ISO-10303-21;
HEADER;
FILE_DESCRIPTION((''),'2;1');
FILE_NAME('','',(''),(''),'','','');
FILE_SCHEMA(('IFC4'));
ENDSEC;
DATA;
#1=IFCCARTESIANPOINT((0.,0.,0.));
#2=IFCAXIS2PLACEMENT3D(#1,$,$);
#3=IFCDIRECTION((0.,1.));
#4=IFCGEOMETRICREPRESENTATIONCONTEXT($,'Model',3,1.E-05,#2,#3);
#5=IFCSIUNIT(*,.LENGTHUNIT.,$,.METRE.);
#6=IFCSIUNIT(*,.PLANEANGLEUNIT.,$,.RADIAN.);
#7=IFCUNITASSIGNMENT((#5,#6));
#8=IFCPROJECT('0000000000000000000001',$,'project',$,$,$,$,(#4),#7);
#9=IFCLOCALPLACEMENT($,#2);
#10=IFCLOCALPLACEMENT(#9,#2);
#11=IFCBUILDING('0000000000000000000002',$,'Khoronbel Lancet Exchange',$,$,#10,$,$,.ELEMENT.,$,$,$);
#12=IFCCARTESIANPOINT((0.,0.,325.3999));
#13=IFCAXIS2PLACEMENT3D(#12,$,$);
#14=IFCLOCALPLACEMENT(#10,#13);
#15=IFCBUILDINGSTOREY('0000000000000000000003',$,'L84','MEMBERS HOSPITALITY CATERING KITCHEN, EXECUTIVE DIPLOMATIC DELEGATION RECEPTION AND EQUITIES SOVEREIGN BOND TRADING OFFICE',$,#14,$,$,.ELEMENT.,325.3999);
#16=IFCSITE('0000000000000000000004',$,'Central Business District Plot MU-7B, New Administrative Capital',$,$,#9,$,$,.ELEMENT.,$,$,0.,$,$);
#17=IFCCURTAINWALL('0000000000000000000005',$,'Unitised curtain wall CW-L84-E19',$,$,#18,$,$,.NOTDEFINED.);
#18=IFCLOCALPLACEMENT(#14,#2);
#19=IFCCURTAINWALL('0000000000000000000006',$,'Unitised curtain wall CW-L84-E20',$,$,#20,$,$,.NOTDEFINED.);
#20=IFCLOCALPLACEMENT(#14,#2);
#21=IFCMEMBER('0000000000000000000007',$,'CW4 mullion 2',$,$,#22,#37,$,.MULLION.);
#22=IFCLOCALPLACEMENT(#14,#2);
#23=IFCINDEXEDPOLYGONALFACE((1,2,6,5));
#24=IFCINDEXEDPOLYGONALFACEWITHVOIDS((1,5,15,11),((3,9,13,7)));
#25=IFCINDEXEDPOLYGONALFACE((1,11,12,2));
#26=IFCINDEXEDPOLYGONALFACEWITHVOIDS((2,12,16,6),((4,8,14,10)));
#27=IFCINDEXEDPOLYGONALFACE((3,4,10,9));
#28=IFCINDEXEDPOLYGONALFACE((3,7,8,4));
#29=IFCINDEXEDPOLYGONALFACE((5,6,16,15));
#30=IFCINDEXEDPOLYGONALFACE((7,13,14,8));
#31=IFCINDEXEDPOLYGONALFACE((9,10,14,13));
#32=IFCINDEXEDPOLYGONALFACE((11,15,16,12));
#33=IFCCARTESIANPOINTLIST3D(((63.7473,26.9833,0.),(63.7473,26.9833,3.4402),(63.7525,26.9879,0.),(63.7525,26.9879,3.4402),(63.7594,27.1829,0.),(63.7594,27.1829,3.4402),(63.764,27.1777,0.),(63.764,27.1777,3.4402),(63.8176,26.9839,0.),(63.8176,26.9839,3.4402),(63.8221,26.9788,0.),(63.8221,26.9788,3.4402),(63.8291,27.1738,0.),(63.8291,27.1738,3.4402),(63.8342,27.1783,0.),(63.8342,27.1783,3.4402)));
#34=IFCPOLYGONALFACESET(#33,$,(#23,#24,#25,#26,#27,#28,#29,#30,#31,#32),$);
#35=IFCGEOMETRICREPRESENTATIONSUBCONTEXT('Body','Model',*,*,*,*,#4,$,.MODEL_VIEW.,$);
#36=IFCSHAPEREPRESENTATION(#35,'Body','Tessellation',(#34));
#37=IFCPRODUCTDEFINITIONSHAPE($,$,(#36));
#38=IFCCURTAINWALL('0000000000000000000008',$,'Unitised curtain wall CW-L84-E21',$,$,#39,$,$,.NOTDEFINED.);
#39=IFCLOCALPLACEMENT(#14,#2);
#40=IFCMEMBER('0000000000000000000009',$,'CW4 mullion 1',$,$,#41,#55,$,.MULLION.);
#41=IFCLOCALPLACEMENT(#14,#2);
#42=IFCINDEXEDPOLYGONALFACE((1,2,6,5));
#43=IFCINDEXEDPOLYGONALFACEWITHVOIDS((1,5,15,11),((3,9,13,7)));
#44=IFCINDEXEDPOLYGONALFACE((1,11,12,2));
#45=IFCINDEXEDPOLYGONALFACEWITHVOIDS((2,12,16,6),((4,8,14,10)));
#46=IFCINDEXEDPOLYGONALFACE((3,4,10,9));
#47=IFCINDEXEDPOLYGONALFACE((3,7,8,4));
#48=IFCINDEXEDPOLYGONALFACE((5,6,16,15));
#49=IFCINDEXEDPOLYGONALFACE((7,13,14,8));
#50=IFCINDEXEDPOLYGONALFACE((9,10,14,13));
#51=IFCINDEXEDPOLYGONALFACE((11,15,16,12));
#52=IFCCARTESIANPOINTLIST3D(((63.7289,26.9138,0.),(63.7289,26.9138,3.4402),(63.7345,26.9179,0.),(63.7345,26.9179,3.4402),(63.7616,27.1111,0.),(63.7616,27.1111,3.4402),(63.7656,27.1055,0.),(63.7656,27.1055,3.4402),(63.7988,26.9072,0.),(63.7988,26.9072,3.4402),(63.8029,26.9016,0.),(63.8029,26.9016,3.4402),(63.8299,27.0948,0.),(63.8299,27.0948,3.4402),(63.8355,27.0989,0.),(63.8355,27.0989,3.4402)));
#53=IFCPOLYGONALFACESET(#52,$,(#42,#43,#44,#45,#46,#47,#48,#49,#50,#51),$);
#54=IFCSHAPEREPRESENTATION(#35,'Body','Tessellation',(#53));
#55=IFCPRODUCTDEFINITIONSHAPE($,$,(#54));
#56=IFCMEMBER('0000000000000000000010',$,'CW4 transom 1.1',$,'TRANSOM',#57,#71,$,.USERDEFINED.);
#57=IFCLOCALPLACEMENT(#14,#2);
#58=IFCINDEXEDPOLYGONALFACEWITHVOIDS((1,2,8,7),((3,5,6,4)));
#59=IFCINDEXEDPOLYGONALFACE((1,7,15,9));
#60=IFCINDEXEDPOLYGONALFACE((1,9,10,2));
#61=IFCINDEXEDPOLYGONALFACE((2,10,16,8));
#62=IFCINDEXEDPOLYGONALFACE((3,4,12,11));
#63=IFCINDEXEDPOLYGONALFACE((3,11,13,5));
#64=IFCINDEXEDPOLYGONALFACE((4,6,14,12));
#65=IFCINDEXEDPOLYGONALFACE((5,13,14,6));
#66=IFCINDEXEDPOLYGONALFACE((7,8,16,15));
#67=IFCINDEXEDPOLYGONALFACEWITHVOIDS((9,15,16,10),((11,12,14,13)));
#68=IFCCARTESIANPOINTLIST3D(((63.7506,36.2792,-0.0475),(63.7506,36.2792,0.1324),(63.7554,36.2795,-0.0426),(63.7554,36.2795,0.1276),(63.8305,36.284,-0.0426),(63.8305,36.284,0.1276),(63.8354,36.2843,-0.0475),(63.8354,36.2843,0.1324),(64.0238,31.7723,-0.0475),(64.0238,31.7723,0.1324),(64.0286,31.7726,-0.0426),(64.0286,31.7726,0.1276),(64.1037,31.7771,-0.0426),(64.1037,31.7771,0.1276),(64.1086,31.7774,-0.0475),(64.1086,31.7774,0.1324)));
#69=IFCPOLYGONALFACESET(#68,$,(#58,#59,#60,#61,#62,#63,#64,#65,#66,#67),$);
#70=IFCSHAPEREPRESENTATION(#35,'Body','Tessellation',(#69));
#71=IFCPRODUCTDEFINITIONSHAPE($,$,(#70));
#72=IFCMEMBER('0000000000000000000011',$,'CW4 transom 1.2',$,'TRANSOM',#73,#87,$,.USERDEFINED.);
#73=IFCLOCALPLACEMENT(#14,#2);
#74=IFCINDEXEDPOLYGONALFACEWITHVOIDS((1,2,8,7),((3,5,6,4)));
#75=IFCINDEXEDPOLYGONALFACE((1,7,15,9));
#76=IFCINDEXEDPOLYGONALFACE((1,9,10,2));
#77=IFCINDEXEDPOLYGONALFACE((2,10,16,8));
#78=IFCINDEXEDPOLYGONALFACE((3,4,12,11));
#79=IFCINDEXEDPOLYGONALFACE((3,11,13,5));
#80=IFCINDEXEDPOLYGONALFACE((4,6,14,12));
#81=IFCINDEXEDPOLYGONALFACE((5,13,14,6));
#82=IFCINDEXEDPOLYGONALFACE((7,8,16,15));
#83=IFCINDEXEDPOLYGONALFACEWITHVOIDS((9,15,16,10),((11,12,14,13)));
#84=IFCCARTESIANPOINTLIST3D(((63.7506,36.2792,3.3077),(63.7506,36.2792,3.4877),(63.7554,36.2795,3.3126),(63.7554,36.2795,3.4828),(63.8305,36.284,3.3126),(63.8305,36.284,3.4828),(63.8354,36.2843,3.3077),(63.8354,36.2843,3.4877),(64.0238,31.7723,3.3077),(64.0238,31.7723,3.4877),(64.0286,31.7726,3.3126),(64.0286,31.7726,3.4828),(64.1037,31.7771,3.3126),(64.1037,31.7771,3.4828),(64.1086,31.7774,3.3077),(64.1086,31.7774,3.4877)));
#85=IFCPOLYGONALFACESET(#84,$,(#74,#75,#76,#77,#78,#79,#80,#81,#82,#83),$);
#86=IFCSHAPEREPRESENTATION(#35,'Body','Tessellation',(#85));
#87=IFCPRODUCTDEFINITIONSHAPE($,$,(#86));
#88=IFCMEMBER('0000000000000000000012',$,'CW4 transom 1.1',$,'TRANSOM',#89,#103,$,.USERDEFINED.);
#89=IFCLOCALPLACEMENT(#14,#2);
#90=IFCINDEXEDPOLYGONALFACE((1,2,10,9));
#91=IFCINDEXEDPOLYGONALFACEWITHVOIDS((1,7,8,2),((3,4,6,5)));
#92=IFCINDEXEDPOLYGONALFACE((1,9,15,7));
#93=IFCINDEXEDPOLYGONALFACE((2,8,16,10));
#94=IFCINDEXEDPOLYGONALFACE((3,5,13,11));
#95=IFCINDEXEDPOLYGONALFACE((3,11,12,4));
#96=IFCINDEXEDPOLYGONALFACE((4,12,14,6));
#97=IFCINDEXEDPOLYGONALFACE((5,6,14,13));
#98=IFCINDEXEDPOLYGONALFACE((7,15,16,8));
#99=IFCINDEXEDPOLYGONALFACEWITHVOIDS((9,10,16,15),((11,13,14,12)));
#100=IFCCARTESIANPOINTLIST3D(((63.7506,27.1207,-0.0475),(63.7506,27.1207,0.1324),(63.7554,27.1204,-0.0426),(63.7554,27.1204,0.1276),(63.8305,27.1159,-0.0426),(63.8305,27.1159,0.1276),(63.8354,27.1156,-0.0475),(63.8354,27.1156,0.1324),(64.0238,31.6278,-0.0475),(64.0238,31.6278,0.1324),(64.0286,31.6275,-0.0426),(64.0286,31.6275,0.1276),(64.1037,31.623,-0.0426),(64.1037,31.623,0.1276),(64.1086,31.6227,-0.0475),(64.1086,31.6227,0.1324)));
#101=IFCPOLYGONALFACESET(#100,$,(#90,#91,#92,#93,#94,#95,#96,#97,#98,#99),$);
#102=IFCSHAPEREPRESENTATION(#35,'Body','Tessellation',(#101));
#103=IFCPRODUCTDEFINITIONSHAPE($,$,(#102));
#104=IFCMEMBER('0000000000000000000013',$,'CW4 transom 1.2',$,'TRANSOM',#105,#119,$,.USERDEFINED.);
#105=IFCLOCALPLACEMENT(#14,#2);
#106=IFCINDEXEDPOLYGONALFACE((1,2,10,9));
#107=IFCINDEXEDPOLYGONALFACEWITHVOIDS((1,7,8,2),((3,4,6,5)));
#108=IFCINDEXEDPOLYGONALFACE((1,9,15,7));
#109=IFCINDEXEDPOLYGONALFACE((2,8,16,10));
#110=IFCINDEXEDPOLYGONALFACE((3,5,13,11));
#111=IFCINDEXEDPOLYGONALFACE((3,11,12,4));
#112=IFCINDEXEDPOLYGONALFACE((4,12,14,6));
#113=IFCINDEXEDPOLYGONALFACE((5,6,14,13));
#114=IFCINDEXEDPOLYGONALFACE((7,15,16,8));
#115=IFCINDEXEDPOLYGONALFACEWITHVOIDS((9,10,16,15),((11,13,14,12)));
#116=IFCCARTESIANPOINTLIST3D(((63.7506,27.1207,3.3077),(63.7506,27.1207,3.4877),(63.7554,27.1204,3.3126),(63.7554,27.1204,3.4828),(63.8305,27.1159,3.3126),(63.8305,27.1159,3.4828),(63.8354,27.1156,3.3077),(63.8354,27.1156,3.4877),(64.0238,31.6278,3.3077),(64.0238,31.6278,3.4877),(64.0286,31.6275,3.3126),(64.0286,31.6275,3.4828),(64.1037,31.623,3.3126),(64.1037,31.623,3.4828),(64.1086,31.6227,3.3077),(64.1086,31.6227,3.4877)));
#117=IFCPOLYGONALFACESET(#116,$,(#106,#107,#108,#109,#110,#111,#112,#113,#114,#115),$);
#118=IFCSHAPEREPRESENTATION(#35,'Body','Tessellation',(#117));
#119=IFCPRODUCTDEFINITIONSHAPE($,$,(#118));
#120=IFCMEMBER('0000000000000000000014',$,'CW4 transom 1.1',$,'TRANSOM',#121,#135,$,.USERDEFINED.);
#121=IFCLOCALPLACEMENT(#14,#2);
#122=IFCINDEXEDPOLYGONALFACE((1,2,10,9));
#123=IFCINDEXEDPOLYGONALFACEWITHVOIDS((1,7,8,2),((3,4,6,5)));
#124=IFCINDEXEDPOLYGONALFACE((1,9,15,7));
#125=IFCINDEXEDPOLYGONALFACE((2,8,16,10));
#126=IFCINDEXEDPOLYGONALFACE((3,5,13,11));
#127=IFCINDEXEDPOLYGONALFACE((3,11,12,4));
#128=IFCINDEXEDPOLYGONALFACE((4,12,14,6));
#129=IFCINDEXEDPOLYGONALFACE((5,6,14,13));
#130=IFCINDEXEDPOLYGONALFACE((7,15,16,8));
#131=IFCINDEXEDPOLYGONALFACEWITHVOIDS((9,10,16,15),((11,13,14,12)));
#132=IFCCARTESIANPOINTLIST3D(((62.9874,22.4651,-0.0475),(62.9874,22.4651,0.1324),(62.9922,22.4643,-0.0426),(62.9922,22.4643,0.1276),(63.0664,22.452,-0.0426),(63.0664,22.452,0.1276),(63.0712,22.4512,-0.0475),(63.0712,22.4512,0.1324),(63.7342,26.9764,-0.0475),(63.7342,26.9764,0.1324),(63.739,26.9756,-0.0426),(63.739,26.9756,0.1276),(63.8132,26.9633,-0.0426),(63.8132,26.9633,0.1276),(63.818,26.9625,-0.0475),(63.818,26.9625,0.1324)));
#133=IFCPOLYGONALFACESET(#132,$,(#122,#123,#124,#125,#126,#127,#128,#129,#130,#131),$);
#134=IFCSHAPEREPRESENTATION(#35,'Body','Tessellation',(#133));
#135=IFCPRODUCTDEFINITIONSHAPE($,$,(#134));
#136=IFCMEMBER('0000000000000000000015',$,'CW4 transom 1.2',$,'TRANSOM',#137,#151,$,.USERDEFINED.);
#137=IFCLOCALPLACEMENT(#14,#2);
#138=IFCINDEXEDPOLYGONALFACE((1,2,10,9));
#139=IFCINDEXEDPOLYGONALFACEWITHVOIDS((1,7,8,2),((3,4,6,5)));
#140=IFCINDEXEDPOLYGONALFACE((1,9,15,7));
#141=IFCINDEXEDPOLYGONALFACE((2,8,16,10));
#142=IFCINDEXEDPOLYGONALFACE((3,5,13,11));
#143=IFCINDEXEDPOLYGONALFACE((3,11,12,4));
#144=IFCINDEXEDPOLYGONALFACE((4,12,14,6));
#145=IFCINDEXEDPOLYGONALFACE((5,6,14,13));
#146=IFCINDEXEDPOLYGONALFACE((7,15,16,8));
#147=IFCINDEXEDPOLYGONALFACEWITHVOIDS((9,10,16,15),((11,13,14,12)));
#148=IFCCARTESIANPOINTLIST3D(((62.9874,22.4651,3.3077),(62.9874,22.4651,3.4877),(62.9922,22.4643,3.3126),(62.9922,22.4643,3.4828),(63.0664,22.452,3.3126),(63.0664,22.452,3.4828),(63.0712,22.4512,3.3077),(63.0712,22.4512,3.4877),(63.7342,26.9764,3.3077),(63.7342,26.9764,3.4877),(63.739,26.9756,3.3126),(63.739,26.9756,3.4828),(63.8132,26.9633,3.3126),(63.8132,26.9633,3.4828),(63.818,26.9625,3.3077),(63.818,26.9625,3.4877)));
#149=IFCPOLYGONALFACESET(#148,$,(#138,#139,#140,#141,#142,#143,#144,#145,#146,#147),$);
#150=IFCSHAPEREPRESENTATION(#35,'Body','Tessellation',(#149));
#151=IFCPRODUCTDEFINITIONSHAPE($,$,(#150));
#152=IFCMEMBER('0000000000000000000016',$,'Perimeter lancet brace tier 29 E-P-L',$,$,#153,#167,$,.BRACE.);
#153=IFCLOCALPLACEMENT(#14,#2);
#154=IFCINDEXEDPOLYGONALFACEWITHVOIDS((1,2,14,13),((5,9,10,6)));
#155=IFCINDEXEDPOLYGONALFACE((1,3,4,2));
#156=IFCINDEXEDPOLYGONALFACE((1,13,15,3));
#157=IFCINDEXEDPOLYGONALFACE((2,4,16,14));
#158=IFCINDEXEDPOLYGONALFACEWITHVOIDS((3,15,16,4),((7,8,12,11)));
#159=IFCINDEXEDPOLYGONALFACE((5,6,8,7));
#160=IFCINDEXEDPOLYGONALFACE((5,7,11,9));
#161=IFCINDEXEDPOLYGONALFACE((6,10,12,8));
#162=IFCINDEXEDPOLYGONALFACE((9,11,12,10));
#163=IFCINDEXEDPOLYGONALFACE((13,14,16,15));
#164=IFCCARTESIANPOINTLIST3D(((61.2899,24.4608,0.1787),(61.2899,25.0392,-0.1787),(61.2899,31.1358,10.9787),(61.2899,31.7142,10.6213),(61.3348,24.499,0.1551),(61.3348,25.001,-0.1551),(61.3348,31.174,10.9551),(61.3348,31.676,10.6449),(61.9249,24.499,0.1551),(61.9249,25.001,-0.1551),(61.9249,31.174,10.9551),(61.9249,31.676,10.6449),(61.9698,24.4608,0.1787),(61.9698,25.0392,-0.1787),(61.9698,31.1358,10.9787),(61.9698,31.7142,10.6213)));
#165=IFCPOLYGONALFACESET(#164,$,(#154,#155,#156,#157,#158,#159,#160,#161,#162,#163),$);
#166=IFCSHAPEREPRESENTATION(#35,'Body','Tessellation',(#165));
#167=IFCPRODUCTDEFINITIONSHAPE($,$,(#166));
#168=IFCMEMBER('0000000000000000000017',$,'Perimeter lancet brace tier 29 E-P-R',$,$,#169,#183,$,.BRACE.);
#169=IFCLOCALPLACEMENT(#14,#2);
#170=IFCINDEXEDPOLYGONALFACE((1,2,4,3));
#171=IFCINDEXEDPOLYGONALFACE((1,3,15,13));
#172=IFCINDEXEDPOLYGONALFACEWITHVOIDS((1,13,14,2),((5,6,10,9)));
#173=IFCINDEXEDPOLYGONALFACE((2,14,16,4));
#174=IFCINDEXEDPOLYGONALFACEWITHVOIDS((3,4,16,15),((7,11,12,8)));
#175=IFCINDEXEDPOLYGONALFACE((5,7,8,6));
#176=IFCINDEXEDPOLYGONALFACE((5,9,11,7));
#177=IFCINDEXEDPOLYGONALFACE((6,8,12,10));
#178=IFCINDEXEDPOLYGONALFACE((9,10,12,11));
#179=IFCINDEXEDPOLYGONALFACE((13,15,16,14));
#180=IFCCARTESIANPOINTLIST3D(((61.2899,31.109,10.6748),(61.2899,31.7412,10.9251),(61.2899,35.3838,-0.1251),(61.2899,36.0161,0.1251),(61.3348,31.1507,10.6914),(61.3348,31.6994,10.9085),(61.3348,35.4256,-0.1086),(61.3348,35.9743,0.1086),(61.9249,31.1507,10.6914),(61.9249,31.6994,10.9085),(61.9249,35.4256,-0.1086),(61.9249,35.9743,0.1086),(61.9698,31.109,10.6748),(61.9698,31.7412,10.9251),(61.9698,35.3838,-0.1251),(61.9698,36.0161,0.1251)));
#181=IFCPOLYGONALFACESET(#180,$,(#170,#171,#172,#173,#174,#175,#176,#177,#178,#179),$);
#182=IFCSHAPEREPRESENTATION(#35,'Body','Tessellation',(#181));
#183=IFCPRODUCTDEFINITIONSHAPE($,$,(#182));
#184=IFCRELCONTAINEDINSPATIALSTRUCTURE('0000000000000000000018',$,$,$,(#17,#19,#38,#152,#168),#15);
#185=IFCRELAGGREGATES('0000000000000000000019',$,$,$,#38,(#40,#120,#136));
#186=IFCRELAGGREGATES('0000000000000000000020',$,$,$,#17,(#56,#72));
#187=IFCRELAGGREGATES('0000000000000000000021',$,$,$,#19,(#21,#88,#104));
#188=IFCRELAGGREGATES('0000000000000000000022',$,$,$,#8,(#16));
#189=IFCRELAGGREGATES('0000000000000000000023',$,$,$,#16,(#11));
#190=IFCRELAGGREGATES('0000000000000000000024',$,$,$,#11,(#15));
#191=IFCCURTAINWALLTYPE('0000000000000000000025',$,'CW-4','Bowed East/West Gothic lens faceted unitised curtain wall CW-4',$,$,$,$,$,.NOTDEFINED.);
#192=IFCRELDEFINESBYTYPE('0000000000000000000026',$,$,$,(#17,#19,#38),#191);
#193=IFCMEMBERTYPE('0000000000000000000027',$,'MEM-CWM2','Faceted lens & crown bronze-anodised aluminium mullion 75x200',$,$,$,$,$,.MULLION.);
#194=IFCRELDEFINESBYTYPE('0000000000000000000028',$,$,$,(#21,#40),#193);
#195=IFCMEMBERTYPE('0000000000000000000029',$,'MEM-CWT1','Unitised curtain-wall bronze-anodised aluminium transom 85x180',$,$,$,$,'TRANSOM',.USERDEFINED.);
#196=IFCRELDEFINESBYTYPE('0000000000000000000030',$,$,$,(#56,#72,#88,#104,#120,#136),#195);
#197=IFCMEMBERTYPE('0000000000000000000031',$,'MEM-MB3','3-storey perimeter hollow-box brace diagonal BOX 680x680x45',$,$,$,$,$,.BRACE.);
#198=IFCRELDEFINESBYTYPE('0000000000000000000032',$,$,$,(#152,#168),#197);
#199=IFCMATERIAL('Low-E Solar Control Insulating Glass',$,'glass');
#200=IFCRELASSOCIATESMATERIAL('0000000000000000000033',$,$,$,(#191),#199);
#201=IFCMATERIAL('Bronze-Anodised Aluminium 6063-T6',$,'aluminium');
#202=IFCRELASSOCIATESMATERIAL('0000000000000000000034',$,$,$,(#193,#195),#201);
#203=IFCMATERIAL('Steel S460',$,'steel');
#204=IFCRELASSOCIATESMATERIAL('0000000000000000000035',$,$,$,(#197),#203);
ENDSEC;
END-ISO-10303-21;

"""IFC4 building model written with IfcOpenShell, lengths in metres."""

from ifc_helpers import new_model, si_unit, direction, frame, origin, origin_2d, place, context, subcontext, project, spatial, hollow_rectangle, extrude, material, material_profile, profile_set, type_object, element, aggregate, save


model = new_model("IFC4")

# Units and contexts
model_context = context("Model", 3, precision=1e-05, world=origin(), true_north=direction((0.0, 1.0)))
body_context = subcontext(model_context, "Body", "Model", "MODEL_VIEW")
ifc_project = project(units=[si_unit("LENGTHUNIT", "METRE"), si_unit("PLANEANGLEUNIT", "RADIAN")], contexts=[model_context])

# Site, building, storey
site_placement = place(None, origin())
site = spatial("IfcSite", under=ifc_project, at=site_placement, Name="Central Business District Plot MU-7B, New Administrative Capital", CompositionType="ELEMENT", RefElevation=0.0)
building_placement = place(site_placement, origin())
building = spatial("IfcBuilding", under=site, at=building_placement, Name="Khoronbel Lancet Exchange", CompositionType="ELEMENT")
storey_placement = place(building_placement, frame((0.0, 0.0, 325.3999)))
storey = spatial("IfcBuildingStorey", under=building, at=storey_placement, Name="L84", Description="MEMBERS HOSPITALITY CATERING KITCHEN, EXECUTIVE DIPLOMATIC DELEGATION RECEPTION AND EQUITIES SOVEREIGN BOND TRADING OFFICE", CompositionType="ELEMENT", Elevation=325.3999)

# Curtain walls, member
ifc_material_1 = material(Name="Low-E Solar Control Insulating Glass", Category="glass")
curtain_wall_type = type_object("IfcCurtainWallType", Name="CW-4", Description="Bowed East/West Gothic lens faceted unitised curtain wall CW-4", PredefinedType="NOTDEFINED", material=ifc_material_1)
curtain_wall_1_placement = place(storey_placement, origin())
curtain_wall_1 = element("IfcCurtainWall", 1, at=curtain_wall_1_placement, inside=storey, type_object=curtain_wall_type, Name="Unitised curtain wall CW-L84-E19", PredefinedType="NOTDEFINED")
ifc_material_2 = material(Name="Bronze-Anodised Aluminium 6063-T6", Category="aluminium")
ifc_material_profile_1 = material_profile(ifc_material_2, hollow_rectangle(XDim=0.075, YDim=0.2, WallThickness=0.0049, at=origin_2d()), Name="ALU MULLION 75x200")
ifc_profile_set_1 = profile_set([ifc_material_profile_1], Name="Bronze-Anodised Aluminium 6063-T6")
member_type_1 = type_object("IfcMemberType", Name="MEM-CWM2", Description="Faceted lens & crown bronze-anodised aluminium mullion 75x200", PredefinedType="MULLION", material=ifc_profile_set_1)
curtain_wall_2_placement = place(storey_placement, origin())
curtain_wall_2 = element("IfcCurtainWall", 2, at=curtain_wall_2_placement, inside=storey, type_object=curtain_wall_type, Name="Unitised curtain wall CW-L84-E20", PredefinedType="NOTDEFINED")
member_1_placement = place(storey_placement, frame((63.7908, 27.0808, 0.0), z_axis=(0.0, 0.0, 1.0), x_axis=(0.998169, -0.060491, 0.0)))
member_1 = element("IfcMember", 3, at=member_1_placement, type_object=member_type_1, Name="CW4 mullion 2", PredefinedType="MULLION", context=body_context, shape_type="SweptSolid", body=[
    extrude(hollow_rectangle(XDim=0.075, YDim=0.2, WallThickness=0.0049, at=origin_2d()), origin(), (0.0, 0.0, 1.0), 3.4402),
])

# Curtain wall, member
curtain_wall_3_placement = place(storey_placement, origin())
curtain_wall_3 = element("IfcCurtainWall", 4, at=curtain_wall_3_placement, inside=storey, type_object=curtain_wall_type, Name="Unitised curtain wall CW-L84-E21", PredefinedType="NOTDEFINED")
member_2_placement = place(storey_placement, frame((63.7822, 27.0063, 0.0), z_axis=(0.0, 0.0, 1.0), x_axis=(0.986571, -0.163334, 0.0)))
member_2 = element("IfcMember", 5, at=member_2_placement, type_object=member_type_1, Name="CW4 mullion 1", PredefinedType="MULLION", context=body_context, shape_type="SweptSolid", body=[
    extrude(hollow_rectangle(XDim=0.075, YDim=0.2, WallThickness=0.0049, at=origin_2d()), origin(), (0.0, 0.0, 1.0), 3.4402),
])

# Members
ifc_material_profile_2 = material_profile(ifc_material_2, hollow_rectangle(XDim=0.085, YDim=0.1799, WallThickness=0.0049, at=origin_2d()), Name="ALU TRANSOM 85x180")
ifc_profile_set_2 = profile_set([ifc_material_profile_2], Name="Bronze-Anodised Aluminium 6063-T6")
member_type_2 = type_object("IfcMemberType", Name="MEM-CWT1", Description="Unitised curtain-wall bronze-anodised aluminium transom 85x180", ElementType="TRANSOM", PredefinedType="USERDEFINED", material=ifc_profile_set_2)
member_3_placement = place(storey_placement, frame((63.793, 36.2817, 0.0425), z_axis=(0.060506, -0.998168, 0.0), x_axis=(0.998168, 0.060506, 0.0)))
member_3 = element("IfcMember", 6, at=member_3_placement, type_object=member_type_2, Name="CW4 transom 1.1", ObjectType="TRANSOM", PredefinedType="USERDEFINED", context=body_context, shape_type="SweptSolid", body=[
    extrude(hollow_rectangle(XDim=0.085, YDim=0.1799, WallThickness=0.0049, at=origin_2d()), origin(), (0.0, 0.0, 1.0), 4.5151),
])
member_4_placement = place(storey_placement, frame((63.793, 36.2817, 3.3977), z_axis=(0.060506, -0.998168, 0.0), x_axis=(0.998168, 0.060506, 0.0)))
member_4 = element("IfcMember", 7, at=member_4_placement, type_object=member_type_2, Name="CW4 transom 1.2", ObjectType="TRANSOM", PredefinedType="USERDEFINED", context=body_context, shape_type="SweptSolid", body=[
    extrude(hollow_rectangle(XDim=0.085, YDim=0.1799, WallThickness=0.0049, at=origin_2d()), origin(), (0.0, 0.0, 1.0), 4.5151),
])
member_5_placement = place(storey_placement, frame((64.0662, 31.6252, 0.0425), z_axis=(-0.060503, -0.998168, 0.0), x_axis=(0.998168, -0.060503, 0.0)))
member_5 = element("IfcMember", 8, at=member_5_placement, type_object=member_type_2, Name="CW4 transom 1.1", ObjectType="TRANSOM", PredefinedType="USERDEFINED", context=body_context, shape_type="SweptSolid", body=[
    extrude(hollow_rectangle(XDim=0.085, YDim=0.1799, WallThickness=0.0049, at=origin_2d()), origin(), (0.0, 0.0, 1.0), 4.5154),
])
member_6_placement = place(storey_placement, frame((64.0662, 31.6252, 3.3977), z_axis=(-0.060503, -0.998168, 0.0), x_axis=(0.998168, -0.060503, 0.0)))
member_6 = element("IfcMember", 9, at=member_6_placement, type_object=member_type_2, Name="CW4 transom 1.2", ObjectType="TRANSOM", PredefinedType="USERDEFINED", context=body_context, shape_type="SweptSolid", body=[
    extrude(hollow_rectangle(XDim=0.085, YDim=0.1799, WallThickness=0.0049, at=origin_2d()), origin(), (0.0, 0.0, 1.0), 4.5154),
])
member_7_placement = place(storey_placement, frame((63.7761, 26.9695, 0.0425), z_axis=(-0.163317, -0.986574, 0.0), x_axis=(0.986574, -0.163317, 0.0)))
member_7 = element("IfcMember", 10, at=member_7_placement, type_object=member_type_2, Name="CW4 transom 1.1", ObjectType="TRANSOM", PredefinedType="USERDEFINED", context=body_context, shape_type="SweptSolid", body=[
    extrude(hollow_rectangle(XDim=0.085, YDim=0.1799, WallThickness=0.0049, at=origin_2d()), origin(), (0.0, 0.0, 1.0), 4.5728),
])
member_8_placement = place(storey_placement, frame((63.7761, 26.9695, 3.3977), z_axis=(-0.163317, -0.986574, 0.0), x_axis=(0.986574, -0.163317, 0.0)))
member_8 = element("IfcMember", 11, at=member_8_placement, type_object=member_type_2, Name="CW4 transom 1.2", ObjectType="TRANSOM", PredefinedType="USERDEFINED", context=body_context, shape_type="SweptSolid", body=[
    extrude(hollow_rectangle(XDim=0.085, YDim=0.1799, WallThickness=0.0049, at=origin_2d()), origin(), (0.0, 0.0, 1.0), 4.5728),
])
aggregate(curtain_wall_3, [member_2, member_7, member_8])

# Members
ifc_material_3 = material(Name="Steel S460", Category="steel")
ifc_material_profile_3 = material_profile(ifc_material_3, hollow_rectangle(XDim=0.6799, YDim=0.6799, WallThickness=0.0449, at=origin_2d()), Name="BOX 680x680x45")
ifc_profile_set_3 = profile_set([ifc_material_profile_3], Name="Steel S460")
member_type_3 = type_object("IfcMemberType", Name="MEM-MB3", Description="3-storey perimeter hollow-box brace diagonal BOX 680x680x45", PredefinedType="BRACE", material=ifc_profile_set_3)
member_9_placement = place(storey_placement, frame((61.6299, 24.75, 0.0), z_axis=(0.0, 0.525745, 0.850642), x_axis=(-1.0, 0.0, 0.0)))
element("IfcMember", 12, at=member_9_placement, inside=storey, type_object=member_type_3, Name="Perimeter lancet brace tier 29 E-P-L", PredefinedType="BRACE", context=body_context, shape_type="SweptSolid", body=[
    extrude(hollow_rectangle(XDim=0.6799, YDim=0.6799, WallThickness=0.0449, at=origin_2d()), origin(), (0.0, 0.0, 1.0), 12.6963),
])
member_10_placement = place(storey_placement, frame((61.6299, 35.7, 0.0), z_axis=(0.0, -0.36804, 0.92981), x_axis=(1.0, 0.0, 0.0)))
element("IfcMember", 13, at=member_10_placement, inside=storey, type_object=member_type_3, Name="Perimeter lancet brace tier 29 E-P-R", PredefinedType="BRACE", context=body_context, shape_type="SweptSolid", body=[
    extrude(hollow_rectangle(XDim=0.6799, YDim=0.6799, WallThickness=0.0449, at=origin_2d()), origin(), (0.0, 0.0, 1.0), 11.6152),
])

aggregate(curtain_wall_1, [member_3, member_4])
aggregate(curtain_wall_2, [member_1, member_5, member_6])

save(model, "model.ifc")
